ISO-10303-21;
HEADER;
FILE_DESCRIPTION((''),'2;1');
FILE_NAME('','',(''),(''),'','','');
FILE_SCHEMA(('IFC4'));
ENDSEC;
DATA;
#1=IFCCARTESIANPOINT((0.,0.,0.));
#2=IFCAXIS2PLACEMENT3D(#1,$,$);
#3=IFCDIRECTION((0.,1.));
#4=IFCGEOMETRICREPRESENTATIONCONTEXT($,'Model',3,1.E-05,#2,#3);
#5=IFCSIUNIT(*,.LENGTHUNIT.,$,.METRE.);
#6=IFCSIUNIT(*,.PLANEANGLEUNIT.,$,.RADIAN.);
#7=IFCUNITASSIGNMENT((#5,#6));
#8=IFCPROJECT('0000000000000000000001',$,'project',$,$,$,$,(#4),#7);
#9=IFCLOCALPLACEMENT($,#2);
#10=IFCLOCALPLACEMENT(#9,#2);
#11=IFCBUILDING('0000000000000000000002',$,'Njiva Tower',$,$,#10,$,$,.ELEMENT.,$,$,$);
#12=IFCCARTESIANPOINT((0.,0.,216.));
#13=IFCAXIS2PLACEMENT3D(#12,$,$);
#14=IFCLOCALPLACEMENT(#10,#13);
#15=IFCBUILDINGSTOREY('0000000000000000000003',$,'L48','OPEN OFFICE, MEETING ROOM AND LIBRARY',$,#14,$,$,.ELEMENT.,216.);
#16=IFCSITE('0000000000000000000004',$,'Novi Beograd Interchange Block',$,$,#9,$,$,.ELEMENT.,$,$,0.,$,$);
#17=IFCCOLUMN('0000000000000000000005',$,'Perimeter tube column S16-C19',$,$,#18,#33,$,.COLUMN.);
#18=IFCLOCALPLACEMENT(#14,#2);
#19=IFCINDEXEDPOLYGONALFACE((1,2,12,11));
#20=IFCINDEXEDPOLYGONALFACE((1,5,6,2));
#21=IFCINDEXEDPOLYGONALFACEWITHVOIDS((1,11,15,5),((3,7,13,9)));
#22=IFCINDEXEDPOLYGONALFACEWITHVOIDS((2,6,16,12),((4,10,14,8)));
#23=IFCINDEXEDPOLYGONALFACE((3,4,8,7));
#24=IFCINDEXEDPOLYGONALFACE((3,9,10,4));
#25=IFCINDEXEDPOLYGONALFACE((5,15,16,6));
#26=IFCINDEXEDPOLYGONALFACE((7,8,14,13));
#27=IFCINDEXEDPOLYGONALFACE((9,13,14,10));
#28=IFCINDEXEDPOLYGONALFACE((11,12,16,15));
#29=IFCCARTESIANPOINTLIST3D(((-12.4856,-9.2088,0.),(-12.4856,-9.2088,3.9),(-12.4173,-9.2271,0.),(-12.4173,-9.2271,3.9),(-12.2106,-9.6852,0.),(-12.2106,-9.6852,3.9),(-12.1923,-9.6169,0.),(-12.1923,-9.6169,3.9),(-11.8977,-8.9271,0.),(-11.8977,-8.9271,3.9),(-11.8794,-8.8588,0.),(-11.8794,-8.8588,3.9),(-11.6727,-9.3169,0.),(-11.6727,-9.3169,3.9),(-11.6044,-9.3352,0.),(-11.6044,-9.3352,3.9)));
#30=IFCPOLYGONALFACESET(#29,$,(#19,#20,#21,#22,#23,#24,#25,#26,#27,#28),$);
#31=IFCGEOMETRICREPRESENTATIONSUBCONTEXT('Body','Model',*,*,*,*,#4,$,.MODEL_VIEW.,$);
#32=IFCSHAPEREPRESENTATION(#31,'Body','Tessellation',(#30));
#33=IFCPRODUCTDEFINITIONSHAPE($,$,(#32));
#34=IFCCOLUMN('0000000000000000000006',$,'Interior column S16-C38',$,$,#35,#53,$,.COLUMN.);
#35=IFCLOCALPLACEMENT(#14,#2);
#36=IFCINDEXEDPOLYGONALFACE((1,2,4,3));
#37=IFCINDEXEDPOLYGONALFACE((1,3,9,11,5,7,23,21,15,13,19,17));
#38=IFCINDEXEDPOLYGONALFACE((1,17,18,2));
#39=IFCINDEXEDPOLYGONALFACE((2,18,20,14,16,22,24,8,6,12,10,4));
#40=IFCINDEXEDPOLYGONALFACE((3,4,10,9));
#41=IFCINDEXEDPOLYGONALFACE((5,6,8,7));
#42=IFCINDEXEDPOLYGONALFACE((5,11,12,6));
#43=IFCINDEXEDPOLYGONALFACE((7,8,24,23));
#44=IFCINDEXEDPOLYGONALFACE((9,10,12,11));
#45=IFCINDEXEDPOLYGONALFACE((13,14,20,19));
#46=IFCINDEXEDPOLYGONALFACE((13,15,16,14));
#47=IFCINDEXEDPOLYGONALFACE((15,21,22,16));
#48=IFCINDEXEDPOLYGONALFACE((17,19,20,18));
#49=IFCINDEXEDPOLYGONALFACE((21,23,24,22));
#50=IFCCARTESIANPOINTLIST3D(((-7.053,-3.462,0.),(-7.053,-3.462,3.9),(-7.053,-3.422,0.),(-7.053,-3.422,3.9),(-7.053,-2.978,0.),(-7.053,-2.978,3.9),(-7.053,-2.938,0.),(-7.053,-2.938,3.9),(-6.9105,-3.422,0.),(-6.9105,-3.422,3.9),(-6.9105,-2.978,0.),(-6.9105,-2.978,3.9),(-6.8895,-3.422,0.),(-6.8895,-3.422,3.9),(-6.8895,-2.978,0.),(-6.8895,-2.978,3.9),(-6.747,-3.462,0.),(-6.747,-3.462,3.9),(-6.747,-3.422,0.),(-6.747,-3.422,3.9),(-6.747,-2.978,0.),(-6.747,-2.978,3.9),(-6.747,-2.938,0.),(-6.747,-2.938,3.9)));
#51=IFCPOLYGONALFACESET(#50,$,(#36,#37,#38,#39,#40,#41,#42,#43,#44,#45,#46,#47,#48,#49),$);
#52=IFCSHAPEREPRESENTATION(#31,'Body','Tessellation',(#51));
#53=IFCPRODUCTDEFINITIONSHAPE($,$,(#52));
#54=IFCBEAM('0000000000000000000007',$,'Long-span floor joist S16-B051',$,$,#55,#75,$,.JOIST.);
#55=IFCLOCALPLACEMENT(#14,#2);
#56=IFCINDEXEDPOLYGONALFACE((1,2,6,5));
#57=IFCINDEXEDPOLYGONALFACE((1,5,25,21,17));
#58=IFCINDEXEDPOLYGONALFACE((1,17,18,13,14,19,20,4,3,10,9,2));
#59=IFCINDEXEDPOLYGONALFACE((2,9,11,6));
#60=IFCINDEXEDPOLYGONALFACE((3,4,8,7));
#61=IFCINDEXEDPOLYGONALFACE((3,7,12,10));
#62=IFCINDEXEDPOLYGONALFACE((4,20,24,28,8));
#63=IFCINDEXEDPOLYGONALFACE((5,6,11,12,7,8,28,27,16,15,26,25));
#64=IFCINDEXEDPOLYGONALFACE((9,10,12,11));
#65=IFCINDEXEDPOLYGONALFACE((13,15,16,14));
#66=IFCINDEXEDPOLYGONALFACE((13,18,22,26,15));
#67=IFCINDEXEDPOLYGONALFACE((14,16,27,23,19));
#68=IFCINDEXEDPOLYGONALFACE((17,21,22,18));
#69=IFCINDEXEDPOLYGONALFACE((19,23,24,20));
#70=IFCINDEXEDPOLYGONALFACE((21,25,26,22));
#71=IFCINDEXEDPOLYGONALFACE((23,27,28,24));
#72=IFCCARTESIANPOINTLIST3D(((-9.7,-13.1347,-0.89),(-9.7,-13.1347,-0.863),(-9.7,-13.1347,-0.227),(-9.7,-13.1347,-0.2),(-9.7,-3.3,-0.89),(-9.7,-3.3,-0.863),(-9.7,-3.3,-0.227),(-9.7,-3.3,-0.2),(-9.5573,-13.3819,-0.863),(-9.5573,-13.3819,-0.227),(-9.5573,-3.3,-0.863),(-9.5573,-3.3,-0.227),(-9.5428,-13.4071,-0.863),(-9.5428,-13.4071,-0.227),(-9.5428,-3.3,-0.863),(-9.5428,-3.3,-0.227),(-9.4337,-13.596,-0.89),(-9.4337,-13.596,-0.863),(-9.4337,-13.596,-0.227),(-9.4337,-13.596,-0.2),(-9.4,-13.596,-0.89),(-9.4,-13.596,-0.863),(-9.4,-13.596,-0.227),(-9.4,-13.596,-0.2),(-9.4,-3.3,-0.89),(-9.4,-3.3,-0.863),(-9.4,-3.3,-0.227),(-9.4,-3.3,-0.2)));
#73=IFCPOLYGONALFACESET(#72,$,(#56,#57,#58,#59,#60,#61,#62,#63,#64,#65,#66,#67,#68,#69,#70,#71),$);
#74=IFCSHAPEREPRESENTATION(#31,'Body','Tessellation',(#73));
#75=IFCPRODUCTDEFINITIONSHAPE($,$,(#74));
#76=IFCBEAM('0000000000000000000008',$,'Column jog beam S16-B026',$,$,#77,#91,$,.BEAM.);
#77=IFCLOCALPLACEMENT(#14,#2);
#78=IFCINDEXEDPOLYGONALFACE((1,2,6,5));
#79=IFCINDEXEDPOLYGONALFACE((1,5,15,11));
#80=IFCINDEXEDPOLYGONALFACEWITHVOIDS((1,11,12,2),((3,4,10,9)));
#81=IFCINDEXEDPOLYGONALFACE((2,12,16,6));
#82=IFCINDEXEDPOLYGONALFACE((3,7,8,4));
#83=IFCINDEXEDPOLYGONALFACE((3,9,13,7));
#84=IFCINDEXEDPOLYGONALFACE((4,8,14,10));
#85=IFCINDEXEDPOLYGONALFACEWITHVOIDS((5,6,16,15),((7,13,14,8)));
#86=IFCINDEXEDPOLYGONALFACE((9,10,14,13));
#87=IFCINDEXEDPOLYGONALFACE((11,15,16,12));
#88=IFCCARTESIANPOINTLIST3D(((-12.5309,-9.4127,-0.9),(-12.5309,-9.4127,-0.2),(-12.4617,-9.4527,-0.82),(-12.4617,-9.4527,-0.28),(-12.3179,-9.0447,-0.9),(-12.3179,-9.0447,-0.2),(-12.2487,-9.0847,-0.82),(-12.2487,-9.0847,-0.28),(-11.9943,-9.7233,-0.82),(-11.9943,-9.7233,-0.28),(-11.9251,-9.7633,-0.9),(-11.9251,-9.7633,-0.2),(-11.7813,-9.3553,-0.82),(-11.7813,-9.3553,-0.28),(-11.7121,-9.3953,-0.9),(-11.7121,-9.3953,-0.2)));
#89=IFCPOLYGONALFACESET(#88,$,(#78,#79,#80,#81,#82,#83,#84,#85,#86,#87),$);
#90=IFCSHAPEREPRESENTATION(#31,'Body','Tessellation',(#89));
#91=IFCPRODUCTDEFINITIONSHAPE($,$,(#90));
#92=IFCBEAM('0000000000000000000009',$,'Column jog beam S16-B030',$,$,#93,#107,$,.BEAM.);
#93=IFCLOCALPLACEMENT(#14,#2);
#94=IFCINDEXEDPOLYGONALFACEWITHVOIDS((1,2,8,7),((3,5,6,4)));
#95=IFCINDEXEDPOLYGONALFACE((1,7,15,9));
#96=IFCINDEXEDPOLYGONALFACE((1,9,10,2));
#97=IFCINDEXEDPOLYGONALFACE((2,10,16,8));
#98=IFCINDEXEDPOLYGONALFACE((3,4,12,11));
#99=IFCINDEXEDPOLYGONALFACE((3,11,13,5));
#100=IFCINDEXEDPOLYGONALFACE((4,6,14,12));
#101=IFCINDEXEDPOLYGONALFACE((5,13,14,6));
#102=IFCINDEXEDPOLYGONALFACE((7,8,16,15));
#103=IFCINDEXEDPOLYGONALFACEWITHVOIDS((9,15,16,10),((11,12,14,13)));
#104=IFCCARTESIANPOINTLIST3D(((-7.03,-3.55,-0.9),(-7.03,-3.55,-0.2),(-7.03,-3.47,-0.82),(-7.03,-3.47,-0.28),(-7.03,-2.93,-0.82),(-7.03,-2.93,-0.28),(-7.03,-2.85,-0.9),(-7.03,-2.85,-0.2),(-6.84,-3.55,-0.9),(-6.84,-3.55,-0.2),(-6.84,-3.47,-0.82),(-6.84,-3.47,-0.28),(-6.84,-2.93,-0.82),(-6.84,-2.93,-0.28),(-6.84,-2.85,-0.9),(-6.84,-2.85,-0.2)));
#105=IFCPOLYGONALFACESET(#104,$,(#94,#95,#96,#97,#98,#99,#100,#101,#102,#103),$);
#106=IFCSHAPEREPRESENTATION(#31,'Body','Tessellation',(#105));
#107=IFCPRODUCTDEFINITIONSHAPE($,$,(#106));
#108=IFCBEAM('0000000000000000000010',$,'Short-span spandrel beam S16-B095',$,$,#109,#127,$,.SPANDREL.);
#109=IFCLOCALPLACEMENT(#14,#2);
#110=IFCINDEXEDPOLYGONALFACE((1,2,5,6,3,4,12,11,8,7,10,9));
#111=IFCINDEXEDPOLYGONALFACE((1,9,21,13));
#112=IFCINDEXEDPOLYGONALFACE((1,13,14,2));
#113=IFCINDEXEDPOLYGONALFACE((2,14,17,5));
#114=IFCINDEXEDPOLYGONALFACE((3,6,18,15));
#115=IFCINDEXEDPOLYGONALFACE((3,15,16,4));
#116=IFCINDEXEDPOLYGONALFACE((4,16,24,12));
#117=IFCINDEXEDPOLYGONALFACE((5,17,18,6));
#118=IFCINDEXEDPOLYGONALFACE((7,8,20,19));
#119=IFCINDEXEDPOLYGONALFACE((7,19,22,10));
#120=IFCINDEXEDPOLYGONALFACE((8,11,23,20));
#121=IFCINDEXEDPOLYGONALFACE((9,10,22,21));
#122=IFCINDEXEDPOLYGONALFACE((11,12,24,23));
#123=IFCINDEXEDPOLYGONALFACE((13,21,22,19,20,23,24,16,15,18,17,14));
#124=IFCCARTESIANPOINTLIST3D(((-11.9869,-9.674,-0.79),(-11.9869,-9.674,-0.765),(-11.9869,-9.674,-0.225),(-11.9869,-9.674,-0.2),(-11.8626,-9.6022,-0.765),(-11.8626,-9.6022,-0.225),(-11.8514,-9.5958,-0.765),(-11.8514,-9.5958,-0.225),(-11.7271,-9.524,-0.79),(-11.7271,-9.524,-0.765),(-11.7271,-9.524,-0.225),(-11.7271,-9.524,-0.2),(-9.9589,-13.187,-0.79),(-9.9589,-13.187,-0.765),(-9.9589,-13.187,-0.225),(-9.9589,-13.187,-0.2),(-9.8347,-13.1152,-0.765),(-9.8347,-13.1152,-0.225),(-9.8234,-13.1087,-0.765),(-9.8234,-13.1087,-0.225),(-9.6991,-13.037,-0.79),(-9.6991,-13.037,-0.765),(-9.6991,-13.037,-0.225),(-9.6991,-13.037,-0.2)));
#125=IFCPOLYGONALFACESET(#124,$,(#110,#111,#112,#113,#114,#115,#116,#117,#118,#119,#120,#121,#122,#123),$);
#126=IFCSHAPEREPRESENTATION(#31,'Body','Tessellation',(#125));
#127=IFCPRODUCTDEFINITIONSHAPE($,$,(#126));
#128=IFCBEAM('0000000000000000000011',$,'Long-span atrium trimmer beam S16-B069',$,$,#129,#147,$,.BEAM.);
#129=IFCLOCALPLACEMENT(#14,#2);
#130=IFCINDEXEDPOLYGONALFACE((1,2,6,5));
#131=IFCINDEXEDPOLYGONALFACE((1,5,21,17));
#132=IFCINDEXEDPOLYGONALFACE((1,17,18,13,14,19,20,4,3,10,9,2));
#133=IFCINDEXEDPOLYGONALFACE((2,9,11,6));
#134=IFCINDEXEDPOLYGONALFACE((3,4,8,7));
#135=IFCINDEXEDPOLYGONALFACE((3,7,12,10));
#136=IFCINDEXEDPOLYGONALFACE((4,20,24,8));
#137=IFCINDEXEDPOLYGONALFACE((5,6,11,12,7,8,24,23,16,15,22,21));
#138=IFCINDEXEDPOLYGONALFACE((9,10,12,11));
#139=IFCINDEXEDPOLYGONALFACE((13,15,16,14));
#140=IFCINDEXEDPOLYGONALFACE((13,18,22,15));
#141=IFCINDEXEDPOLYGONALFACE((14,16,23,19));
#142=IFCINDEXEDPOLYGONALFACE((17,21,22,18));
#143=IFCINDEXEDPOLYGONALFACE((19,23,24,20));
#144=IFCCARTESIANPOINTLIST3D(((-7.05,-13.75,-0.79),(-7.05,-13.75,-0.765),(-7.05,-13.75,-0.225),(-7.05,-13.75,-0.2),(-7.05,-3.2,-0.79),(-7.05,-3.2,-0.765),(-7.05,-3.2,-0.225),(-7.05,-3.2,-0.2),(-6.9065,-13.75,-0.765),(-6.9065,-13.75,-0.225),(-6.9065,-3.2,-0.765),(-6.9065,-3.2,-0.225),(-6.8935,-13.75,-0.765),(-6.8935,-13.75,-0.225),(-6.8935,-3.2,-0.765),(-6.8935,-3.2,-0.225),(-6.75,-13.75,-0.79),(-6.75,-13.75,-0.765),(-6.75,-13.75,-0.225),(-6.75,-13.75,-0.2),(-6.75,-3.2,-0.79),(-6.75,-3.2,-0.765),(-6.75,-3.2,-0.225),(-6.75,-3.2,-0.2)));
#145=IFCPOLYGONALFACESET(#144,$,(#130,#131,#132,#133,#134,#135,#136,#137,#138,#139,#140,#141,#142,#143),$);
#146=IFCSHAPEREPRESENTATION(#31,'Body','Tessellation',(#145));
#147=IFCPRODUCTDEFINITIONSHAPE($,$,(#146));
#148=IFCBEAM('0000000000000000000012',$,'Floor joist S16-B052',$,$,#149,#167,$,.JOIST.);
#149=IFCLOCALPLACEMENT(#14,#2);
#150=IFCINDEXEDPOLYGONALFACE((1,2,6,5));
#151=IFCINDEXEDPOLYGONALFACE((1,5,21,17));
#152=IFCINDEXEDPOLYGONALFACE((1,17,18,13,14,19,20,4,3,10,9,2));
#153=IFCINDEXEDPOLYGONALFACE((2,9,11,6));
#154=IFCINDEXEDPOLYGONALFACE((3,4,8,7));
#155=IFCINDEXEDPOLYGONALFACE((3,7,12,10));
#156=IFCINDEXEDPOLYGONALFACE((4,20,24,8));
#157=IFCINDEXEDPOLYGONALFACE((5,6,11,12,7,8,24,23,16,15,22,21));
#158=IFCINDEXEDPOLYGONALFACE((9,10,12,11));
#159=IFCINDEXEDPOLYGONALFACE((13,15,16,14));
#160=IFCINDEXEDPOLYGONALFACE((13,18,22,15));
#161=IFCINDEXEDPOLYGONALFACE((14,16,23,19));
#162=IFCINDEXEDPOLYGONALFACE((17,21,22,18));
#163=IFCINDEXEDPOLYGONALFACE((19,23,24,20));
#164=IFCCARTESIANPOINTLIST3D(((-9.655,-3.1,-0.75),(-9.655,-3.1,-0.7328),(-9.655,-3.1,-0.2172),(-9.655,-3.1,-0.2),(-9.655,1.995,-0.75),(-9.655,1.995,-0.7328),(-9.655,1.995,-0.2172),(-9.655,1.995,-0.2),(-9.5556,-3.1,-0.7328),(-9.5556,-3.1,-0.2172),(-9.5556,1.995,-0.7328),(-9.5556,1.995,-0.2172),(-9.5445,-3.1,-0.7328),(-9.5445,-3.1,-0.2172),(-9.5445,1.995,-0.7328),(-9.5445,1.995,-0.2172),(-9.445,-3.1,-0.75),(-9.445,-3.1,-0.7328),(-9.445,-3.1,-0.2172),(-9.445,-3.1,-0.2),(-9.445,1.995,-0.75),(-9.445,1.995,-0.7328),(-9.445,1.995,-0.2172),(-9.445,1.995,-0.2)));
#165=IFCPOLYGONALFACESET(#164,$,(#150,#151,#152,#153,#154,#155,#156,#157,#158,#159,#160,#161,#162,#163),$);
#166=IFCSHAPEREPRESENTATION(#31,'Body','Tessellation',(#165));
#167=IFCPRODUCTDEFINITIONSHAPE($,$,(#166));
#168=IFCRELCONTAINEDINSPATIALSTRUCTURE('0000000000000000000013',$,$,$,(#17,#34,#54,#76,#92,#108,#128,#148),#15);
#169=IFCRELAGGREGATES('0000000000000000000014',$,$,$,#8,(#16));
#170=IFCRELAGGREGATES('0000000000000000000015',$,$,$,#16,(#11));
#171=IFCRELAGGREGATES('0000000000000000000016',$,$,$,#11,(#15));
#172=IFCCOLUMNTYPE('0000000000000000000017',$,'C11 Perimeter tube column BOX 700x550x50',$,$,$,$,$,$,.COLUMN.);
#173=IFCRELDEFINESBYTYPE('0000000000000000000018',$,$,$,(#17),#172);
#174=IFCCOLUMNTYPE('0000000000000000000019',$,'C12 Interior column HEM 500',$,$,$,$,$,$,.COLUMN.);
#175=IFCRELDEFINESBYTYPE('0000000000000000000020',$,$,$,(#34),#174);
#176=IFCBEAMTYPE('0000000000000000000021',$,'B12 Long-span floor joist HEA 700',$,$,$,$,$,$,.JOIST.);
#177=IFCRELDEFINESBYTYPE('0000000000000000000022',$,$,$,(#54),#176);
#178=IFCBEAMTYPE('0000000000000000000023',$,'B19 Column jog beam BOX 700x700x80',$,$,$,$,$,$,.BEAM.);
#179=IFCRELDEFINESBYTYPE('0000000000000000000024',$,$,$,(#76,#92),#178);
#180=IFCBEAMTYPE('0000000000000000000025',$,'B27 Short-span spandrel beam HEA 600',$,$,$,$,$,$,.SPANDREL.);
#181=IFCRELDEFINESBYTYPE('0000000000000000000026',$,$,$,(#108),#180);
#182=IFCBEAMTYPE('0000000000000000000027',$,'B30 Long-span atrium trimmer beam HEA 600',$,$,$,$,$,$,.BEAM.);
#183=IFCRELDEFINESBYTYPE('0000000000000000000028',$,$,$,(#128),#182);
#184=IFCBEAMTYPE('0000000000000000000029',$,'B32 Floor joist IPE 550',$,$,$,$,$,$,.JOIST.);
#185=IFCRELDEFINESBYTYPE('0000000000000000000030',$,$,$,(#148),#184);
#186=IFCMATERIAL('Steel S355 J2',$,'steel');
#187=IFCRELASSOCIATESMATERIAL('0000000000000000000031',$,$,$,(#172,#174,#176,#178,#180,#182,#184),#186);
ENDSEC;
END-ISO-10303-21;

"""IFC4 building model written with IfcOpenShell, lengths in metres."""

from ifc_helpers import new_model, si_unit, direction, frame, origin, origin_2d, place, context, subcontext, project, spatial, hollow_rectangle, i_section, extrude, clip, halfspace, material, material_profile, profile_set, type_object, element, save


model = new_model("IFC4")

# Units and contexts
model_context = context("Model", 3, precision=1e-05, world=origin(), true_north=direction((0.0, 1.0)))
body_context = subcontext(model_context, "Body", "Model", "MODEL_VIEW")
ifc_project = project(units=[si_unit("LENGTHUNIT", "METRE"), si_unit("PLANEANGLEUNIT", "RADIAN")], contexts=[model_context])

# Site, building, storey
site_placement = place(None, origin())
site = spatial("IfcSite", under=ifc_project, at=site_placement, Name="Novi Beograd Interchange Block", CompositionType="ELEMENT", RefElevation=0.0)
building_placement = place(site_placement, origin())
building = spatial("IfcBuilding", under=site, at=building_placement, Name="Njiva Tower", CompositionType="ELEMENT")
storey_placement = place(building_placement, frame((0.0, 0.0, 216.0)))
storey = spatial("IfcBuildingStorey", under=building, at=storey_placement, Name="L48", Description="OPEN OFFICE, MEETING ROOM AND LIBRARY", CompositionType="ELEMENT", Elevation=216.0)

# Columns
ifc_material_1 = material(Name="Steel S355 J2", Category="steel")
ifc_material_profile_1 = material_profile(ifc_material_1, hollow_rectangle(XDim=0.55, YDim=0.7, WallThickness=0.05, at=origin_2d()), Name="BOX 700x550x50")
ifc_profile_set_1 = profile_set([ifc_material_profile_1], Name="Steel S355 J2")
column_type_1 = type_object("IfcColumnType", Name="C11 Perimeter tube column BOX 700x550x50", PredefinedType="COLUMN", material=ifc_profile_set_1)
column_1_placement = place(storey_placement, frame((-12.045, -9.272, 0.0), z_axis=(0.0, 0.0, 1.0), x_axis=(0.5, -0.866025, 0.0)))
element("IfcColumn", 1, at=column_1_placement, inside=storey, type_object=column_type_1, Name="Perimeter tube column S16-C19", PredefinedType="COLUMN", context=body_context, shape_type="SweptSolid", body=[
    extrude(hollow_rectangle(XDim=0.55, YDim=0.7, WallThickness=0.05, at=origin_2d()), origin(), (0.0, 0.0, 1.0), 3.9),
])
ifc_material_profile_2 = material_profile(ifc_material_1, i_section(OverallWidth=0.306, OverallDepth=0.524, WebThickness=0.021, FlangeThickness=0.04, at=origin_2d()), Name="HEM 500")
ifc_profile_set_2 = profile_set([ifc_material_profile_2], Name="Steel S355 J2")
column_type_2 = type_object("IfcColumnType", Name="C12 Interior column HEM 500", PredefinedType="COLUMN", material=ifc_profile_set_2)
column_2_placement = place(storey_placement, frame((-6.9, -3.2, 0.0), z_axis=(0.0, 0.0, 1.0), x_axis=(1.0, 0.0, 0.0)))
element("IfcColumn", 2, at=column_2_placement, inside=storey, type_object=column_type_2, Name="Interior column S16-C38", PredefinedType="COLUMN", context=body_context, shape_type="SweptSolid", body=[
    extrude(i_section(OverallWidth=0.306, OverallDepth=0.524, WebThickness=0.021, FlangeThickness=0.04, at=origin_2d()), origin(), (0.0, 0.0, 1.0), 3.9),
])

# Beams
ifc_material_profile_3 = material_profile(ifc_material_1, i_section(OverallWidth=0.3, OverallDepth=0.69, WebThickness=0.0145, FlangeThickness=0.027, at=origin_2d()), Name="HEA 700")
ifc_profile_set_3 = profile_set([ifc_material_profile_3], Name="Steel S355 J2")
beam_type_1 = type_object("IfcBeamType", Name="B12 Long-span floor joist HEA 700", PredefinedType="JOIST", material=ifc_profile_set_3)
beam_1_placement = place(storey_placement, frame((-9.55, -3.3, -0.545), z_axis=(0.0, -1.0, 0.0), x_axis=(1.0, 0.0, 0.0)))
element("IfcBeam", 3, at=beam_1_placement, inside=storey, type_object=beam_type_1, Name="Long-span floor joist S16-B051", PredefinedType="JOIST", context=body_context, shape_type="Clipping", body=[
    clip(extrude(i_section(OverallWidth=0.3, OverallDepth=0.69, WebThickness=0.0145, FlangeThickness=0.027, at=origin_2d()), origin(), (0.0, 0.0, 1.0), 10.296), halfspace(frame((-0.0433, 0.0, 10.0195), z_axis=(-0.866027, 0.0, 0.499998), x_axis=(0.0, 1.0, 0.0)), False)),
])
ifc_material_profile_4 = material_profile(ifc_material_1, hollow_rectangle(XDim=0.7, YDim=0.7, WallThickness=0.08, at=origin_2d()), Name="BOX 700x700x80")
ifc_profile_set_4 = profile_set([ifc_material_profile_4], Name="Steel S355 J2")
beam_type_2 = type_object("IfcBeamType", Name="B19 Column jog beam BOX 700x700x80", PredefinedType="BEAM", material=ifc_profile_set_4)
beam_2_placement = place(storey_placement, frame((-12.228, -9.588, -0.55), z_axis=(0.500944, 0.86548, 0.0), x_axis=(-0.86548, 0.500944, 0.0)))
element("IfcBeam", 4, at=beam_2_placement, inside=storey, type_object=beam_type_2, Name="Column jog beam S16-B026", PredefinedType="BEAM", context=body_context, shape_type="SweptSolid", body=[
    extrude(hollow_rectangle(XDim=0.7, YDim=0.7, WallThickness=0.08, at=origin_2d()), origin(), (0.0, 0.0, 1.0), 0.4252),
])
beam_3_placement = place(storey_placement, frame((-7.03, -3.2, -0.55), z_axis=(1.0, 0.0, 0.0), x_axis=(0.0, 1.0, 0.0)))
element("IfcBeam", 5, at=beam_3_placement, inside=storey, type_object=beam_type_2, Name="Column jog beam S16-B030", PredefinedType="BEAM", context=body_context, shape_type="SweptSolid", body=[
    extrude(hollow_rectangle(XDim=0.7, YDim=0.7, WallThickness=0.08, at=origin_2d()), origin(), (0.0, 0.0, 1.0), 0.19),
])
ifc_material_profile_5 = material_profile(ifc_material_1, i_section(OverallWidth=0.3, OverallDepth=0.59, WebThickness=0.013, FlangeThickness=0.025, at=origin_2d()), Name="HEA 600")
ifc_profile_set_5 = profile_set([ifc_material_profile_5], Name="Steel S355 J2")
beam_type_3 = type_object("IfcBeamType", Name="B27 Short-span spandrel beam HEA 600", PredefinedType="SPANDREL", material=ifc_profile_set_5)
beam_4_placement = place(storey_placement, frame((-11.857, -9.599, -0.495), z_axis=(0.499957, -0.86605, 0.0), x_axis=(0.86605, 0.499957, 0.0)))
element("IfcBeam", 6, at=beam_4_placement, inside=storey, type_object=beam_type_3, Name="Short-span spandrel beam S16-B095", PredefinedType="SPANDREL", context=body_context, shape_type="SweptSolid", body=[
    extrude(i_section(OverallWidth=0.3, OverallDepth=0.59, WebThickness=0.013, FlangeThickness=0.025, at=origin_2d()), origin(), (0.0, 0.0, 1.0), 4.0563),
])
ifc_material_profile_6 = material_profile(ifc_material_1, i_section(OverallWidth=0.3, OverallDepth=0.59, WebThickness=0.013, FlangeThickness=0.025, at=origin_2d()), Name="HEA 600")
ifc_profile_set_6 = profile_set([ifc_material_profile_6], Name="Steel S355 J2")
beam_type_4 = type_object("IfcBeamType", Name="B30 Long-span atrium trimmer beam HEA 600", PredefinedType="BEAM", material=ifc_profile_set_6)
beam_5_placement = place(storey_placement, frame((-6.9, -3.2, -0.495), z_axis=(0.0, -1.0, 0.0), x_axis=(1.0, 0.0, 0.0)))
element("IfcBeam", 7, at=beam_5_placement, inside=storey, type_object=beam_type_4, Name="Long-span atrium trimmer beam S16-B069", PredefinedType="BEAM", context=body_context, shape_type="SweptSolid", body=[
    extrude(i_section(OverallWidth=0.3, OverallDepth=0.59, WebThickness=0.013, FlangeThickness=0.025, at=origin_2d()), origin(), (0.0, 0.0, 1.0), 10.55),
])
ifc_material_profile_7 = material_profile(ifc_material_1, i_section(OverallWidth=0.21, OverallDepth=0.55, WebThickness=0.0111, FlangeThickness=0.0172, at=origin_2d()), Name="IPE 550")
ifc_profile_set_7 = profile_set([ifc_material_profile_7], Name="Steel S355 J2")
beam_type_5 = type_object("IfcBeamType", Name="B32 Floor joist IPE 550", PredefinedType="JOIST", material=ifc_profile_set_7)
for number, where, z_axis, x_axis, name in (
    (8, (-9.55, 1.995, -0.475), (0.0, -1.0, 0.0), (1.0, 0.0, 0.0), "Floor joist S16-B052"),
):
    element("IfcBeam", number, at=place(storey_placement, frame(where, z_axis=z_axis, x_axis=x_axis)), inside=storey, type_object=beam_type_5, Name=name, PredefinedType="JOIST", context=body_context, shape_type="SweptSolid", body=[
        extrude(i_section(OverallWidth=0.21, OverallDepth=0.55, WebThickness=0.0111, FlangeThickness=0.0172, at=origin_2d()), origin(), (0.0, 0.0, 1.0), 5.095),
    ])

save(model, "model.ifc")
